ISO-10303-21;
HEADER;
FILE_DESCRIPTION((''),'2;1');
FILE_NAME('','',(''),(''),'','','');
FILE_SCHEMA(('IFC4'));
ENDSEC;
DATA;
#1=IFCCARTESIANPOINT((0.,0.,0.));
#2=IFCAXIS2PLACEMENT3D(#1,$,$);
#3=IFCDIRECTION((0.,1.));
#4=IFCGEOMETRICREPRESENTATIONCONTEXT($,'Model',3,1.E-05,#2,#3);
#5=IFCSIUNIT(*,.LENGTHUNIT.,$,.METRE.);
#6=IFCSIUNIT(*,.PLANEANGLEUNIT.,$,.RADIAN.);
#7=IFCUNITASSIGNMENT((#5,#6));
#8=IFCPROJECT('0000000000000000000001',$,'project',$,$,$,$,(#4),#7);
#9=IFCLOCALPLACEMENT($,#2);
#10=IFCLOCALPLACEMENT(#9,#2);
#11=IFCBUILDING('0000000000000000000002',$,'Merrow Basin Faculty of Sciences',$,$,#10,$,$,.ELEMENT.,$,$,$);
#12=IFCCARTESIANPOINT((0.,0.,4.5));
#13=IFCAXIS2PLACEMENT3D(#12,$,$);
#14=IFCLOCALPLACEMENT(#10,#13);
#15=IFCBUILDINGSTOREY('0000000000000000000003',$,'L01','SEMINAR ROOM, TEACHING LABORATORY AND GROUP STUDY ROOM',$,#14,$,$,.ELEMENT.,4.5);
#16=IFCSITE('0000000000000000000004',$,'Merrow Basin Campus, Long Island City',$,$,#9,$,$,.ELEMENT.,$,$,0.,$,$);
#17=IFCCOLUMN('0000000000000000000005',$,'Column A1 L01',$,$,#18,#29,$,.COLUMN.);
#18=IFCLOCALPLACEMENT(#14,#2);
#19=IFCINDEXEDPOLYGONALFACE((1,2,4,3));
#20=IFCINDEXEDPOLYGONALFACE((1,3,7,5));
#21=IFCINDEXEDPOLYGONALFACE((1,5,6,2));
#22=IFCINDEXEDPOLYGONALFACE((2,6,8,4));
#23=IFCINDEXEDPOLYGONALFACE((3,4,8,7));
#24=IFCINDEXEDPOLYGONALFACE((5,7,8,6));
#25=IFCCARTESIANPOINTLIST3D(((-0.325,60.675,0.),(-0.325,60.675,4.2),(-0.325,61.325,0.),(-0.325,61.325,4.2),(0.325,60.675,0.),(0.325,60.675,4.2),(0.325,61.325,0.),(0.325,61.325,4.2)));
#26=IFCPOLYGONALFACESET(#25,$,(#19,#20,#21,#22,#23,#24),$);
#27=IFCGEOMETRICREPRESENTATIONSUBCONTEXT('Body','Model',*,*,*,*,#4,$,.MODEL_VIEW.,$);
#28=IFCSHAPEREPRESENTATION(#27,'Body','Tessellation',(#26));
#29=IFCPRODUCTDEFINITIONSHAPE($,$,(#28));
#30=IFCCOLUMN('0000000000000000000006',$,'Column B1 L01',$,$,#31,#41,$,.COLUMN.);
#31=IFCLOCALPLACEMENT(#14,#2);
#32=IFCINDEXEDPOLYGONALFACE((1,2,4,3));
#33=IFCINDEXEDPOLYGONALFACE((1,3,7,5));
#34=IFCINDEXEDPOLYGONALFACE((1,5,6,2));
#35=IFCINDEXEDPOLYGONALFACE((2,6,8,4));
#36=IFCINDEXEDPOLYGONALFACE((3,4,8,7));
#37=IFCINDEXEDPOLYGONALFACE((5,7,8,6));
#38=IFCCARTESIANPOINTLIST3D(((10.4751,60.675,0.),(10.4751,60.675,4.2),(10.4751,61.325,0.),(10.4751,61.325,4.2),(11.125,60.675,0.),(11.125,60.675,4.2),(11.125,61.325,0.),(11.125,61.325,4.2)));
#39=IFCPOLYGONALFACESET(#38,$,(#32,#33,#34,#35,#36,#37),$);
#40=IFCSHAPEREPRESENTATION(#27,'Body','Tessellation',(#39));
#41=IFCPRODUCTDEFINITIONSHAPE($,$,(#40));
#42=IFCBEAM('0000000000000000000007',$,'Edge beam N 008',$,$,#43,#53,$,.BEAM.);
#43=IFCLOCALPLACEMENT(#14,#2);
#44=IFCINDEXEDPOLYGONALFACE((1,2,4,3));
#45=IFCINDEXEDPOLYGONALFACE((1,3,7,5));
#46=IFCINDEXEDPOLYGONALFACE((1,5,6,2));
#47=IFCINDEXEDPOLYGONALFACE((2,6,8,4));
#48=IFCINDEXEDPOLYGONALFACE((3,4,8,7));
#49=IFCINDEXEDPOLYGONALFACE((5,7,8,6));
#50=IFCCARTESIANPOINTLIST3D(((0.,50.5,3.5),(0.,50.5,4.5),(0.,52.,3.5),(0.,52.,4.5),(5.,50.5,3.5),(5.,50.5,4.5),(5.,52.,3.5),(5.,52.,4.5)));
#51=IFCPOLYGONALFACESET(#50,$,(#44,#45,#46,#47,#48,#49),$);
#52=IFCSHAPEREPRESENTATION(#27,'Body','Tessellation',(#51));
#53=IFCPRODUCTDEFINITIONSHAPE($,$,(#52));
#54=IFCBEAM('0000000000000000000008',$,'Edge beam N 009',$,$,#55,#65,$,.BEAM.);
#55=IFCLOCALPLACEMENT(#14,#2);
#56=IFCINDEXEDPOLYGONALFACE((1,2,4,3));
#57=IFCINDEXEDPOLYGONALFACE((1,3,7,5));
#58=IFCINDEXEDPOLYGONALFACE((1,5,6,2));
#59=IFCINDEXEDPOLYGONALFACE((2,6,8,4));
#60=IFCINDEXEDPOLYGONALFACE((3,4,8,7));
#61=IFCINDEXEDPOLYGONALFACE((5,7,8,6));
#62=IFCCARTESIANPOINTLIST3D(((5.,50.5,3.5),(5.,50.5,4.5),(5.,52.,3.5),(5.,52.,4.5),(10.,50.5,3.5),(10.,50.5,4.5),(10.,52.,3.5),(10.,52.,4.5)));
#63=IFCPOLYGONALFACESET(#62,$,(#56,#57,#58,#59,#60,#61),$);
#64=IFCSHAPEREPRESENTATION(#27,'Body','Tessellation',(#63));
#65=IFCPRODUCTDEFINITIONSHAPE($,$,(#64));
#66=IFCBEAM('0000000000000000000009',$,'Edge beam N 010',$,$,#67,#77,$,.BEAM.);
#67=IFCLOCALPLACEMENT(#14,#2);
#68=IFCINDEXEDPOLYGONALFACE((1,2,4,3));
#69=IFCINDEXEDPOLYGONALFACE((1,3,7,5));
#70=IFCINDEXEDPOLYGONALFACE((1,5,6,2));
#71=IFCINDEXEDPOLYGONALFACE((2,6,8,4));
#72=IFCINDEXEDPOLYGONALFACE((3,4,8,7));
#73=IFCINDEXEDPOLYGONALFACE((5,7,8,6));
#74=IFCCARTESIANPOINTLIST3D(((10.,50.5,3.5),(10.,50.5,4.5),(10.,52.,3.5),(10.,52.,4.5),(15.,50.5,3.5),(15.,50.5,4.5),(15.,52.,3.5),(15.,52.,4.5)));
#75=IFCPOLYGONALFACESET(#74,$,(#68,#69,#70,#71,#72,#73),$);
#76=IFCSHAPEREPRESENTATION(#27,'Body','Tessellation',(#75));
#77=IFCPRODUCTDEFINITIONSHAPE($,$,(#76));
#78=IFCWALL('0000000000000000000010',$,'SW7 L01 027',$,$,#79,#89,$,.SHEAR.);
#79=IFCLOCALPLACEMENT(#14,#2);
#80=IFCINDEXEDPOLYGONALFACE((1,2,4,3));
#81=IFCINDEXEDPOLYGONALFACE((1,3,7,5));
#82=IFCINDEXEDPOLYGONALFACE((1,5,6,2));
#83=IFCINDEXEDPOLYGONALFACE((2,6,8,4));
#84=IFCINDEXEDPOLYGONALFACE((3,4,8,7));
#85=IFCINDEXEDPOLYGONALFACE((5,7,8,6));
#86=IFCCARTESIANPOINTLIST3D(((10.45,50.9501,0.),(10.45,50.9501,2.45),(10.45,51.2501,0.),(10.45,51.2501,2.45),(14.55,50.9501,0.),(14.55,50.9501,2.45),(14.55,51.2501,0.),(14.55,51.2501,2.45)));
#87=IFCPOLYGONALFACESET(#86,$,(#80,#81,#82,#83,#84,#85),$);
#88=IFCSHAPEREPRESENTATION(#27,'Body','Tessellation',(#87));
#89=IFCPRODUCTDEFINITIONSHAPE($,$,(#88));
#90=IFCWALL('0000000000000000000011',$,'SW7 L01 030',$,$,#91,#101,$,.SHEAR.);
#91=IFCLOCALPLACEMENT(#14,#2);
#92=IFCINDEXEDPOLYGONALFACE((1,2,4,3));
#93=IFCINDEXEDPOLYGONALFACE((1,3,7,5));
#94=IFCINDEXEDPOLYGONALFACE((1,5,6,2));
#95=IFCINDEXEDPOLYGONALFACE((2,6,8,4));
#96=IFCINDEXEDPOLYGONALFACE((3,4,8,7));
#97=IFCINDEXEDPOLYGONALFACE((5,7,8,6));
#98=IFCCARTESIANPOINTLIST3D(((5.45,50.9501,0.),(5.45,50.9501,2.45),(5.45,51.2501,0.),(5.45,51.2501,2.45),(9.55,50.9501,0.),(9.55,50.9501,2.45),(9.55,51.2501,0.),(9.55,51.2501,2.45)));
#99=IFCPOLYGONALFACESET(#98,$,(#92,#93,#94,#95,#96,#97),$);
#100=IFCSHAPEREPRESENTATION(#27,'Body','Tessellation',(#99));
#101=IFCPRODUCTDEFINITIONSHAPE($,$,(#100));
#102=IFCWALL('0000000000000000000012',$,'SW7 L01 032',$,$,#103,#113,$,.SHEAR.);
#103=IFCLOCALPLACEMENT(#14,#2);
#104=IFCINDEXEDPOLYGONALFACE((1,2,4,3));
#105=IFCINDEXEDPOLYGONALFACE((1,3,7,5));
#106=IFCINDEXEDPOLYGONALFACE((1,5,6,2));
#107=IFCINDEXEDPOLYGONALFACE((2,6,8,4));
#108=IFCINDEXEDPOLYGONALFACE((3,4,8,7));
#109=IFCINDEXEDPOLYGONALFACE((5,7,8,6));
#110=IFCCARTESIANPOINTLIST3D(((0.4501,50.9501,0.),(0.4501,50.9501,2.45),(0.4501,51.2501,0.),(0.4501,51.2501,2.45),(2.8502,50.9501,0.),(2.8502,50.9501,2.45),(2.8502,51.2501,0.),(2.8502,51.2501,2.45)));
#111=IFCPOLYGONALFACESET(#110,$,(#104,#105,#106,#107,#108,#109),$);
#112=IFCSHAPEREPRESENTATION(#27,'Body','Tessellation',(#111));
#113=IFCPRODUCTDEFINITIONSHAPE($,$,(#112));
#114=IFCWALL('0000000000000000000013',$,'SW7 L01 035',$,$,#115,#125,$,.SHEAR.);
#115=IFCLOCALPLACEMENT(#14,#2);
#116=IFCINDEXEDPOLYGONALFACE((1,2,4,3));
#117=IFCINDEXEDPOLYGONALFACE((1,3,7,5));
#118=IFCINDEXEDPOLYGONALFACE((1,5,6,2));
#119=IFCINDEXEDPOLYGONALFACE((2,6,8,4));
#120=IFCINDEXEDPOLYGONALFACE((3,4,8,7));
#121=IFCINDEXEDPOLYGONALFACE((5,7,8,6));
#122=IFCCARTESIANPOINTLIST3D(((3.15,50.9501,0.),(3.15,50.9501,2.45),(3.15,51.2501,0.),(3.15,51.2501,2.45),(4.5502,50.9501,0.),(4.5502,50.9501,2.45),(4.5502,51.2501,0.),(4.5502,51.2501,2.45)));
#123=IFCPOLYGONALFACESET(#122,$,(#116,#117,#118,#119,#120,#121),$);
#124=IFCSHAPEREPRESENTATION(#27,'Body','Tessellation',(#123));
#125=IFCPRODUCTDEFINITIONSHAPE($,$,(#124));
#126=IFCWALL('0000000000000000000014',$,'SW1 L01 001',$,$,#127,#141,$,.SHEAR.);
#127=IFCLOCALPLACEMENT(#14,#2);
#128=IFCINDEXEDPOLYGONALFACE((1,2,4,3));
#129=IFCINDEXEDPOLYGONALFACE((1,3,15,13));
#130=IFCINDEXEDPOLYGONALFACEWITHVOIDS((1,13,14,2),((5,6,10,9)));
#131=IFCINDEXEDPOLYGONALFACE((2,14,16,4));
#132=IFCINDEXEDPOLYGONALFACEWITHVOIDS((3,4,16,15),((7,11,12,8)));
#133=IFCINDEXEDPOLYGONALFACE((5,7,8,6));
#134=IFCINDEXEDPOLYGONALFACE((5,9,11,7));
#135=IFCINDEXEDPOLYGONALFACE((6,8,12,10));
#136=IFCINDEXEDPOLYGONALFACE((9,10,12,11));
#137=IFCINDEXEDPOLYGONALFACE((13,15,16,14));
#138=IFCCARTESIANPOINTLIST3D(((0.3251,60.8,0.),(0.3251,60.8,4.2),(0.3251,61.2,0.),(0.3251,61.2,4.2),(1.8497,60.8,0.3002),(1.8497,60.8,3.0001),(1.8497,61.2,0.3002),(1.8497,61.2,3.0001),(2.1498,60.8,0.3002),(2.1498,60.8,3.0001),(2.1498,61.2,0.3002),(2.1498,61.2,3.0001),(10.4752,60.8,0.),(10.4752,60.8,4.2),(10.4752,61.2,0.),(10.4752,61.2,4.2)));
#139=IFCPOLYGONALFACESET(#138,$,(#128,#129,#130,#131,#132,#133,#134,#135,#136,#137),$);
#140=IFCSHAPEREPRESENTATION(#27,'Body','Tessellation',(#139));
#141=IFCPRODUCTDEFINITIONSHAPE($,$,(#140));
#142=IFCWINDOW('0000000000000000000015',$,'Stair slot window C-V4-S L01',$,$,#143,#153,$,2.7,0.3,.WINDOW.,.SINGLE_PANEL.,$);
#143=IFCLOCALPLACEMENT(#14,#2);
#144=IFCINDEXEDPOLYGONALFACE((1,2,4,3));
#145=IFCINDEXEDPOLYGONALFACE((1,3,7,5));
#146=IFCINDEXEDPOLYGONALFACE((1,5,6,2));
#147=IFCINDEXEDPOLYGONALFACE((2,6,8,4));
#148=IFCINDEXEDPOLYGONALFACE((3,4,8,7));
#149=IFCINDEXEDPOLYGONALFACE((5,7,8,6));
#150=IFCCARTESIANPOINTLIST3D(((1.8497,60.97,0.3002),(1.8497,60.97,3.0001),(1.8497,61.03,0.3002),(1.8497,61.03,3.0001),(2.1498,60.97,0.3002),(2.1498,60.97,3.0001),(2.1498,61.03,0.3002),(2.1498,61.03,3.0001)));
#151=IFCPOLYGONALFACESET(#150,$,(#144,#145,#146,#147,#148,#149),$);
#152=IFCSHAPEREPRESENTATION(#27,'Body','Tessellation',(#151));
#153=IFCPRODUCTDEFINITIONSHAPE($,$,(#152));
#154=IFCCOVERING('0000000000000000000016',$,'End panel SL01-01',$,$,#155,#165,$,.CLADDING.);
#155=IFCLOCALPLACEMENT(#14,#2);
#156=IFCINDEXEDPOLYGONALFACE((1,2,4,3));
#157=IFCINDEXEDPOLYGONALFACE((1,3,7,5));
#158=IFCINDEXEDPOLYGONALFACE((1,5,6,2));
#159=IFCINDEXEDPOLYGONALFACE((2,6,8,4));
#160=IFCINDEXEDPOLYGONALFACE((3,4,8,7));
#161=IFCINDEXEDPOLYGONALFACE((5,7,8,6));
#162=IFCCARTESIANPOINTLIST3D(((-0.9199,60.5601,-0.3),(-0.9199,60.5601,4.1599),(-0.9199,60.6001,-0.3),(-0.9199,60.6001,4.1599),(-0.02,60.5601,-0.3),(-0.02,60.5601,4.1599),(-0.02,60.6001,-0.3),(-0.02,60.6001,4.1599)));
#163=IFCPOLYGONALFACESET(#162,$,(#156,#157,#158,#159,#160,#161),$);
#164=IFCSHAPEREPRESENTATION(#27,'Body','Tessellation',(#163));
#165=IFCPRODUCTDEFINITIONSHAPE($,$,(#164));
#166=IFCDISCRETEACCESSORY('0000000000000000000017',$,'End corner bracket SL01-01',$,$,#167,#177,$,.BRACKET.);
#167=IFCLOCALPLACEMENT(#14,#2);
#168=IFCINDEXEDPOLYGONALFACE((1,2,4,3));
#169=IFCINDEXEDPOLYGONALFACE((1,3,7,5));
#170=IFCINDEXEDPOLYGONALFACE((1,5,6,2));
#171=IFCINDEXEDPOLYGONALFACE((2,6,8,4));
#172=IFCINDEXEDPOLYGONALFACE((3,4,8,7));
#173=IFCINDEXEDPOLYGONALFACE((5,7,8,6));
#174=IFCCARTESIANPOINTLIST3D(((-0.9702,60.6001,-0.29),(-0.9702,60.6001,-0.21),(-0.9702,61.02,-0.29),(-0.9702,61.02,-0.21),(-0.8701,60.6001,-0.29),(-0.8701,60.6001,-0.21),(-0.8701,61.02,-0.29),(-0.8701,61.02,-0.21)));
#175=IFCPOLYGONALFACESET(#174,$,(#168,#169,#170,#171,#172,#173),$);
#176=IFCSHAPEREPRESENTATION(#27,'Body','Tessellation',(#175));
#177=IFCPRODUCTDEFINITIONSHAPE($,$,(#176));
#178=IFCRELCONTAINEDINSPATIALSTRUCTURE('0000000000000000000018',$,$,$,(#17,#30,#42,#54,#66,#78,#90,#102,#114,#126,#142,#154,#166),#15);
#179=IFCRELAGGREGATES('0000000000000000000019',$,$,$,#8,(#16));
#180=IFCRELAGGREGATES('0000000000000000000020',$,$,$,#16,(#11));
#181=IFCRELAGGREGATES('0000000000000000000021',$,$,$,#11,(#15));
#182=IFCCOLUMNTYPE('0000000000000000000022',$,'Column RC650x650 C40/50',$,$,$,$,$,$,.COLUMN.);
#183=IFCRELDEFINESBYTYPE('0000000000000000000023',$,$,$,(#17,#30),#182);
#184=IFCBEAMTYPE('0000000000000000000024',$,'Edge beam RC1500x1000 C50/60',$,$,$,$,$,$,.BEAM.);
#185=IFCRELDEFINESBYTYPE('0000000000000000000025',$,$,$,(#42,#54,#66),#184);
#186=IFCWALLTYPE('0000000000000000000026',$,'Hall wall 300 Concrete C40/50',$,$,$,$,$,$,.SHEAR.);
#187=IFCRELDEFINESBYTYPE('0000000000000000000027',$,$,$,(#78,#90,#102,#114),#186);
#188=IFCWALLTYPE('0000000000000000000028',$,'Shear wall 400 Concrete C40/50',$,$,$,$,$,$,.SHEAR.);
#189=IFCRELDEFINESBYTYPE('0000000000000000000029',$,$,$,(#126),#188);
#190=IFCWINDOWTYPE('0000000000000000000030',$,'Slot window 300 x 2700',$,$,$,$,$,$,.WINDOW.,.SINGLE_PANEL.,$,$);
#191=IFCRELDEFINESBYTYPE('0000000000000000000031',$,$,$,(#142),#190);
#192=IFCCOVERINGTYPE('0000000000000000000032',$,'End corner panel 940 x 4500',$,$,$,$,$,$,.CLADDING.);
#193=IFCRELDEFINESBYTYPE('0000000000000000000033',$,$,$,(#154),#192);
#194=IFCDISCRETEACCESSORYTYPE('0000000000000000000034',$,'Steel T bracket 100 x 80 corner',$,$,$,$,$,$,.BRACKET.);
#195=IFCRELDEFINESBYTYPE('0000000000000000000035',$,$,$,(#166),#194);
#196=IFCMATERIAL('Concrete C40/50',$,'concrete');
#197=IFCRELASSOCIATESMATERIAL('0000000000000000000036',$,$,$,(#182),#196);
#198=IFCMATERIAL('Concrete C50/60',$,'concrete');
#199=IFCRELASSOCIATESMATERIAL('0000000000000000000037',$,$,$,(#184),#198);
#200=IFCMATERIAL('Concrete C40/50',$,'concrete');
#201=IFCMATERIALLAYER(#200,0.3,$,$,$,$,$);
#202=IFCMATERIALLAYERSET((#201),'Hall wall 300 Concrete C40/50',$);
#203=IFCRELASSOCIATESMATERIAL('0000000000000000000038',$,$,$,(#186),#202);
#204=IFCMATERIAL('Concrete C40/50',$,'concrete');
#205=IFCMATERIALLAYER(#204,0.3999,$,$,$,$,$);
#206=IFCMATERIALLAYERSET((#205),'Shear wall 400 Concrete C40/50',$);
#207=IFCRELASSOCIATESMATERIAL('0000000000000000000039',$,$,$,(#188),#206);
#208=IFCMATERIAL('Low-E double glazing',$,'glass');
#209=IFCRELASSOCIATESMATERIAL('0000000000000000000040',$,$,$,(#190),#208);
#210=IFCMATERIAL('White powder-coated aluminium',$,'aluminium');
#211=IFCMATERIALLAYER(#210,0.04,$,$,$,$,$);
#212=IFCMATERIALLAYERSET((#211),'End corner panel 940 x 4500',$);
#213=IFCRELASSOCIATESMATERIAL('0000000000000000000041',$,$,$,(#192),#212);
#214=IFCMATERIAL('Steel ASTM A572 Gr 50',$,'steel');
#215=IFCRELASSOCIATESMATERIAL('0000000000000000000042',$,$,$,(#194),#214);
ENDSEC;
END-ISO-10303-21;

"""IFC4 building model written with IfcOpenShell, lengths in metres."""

from ifc_helpers import new_model, si_unit, direction, frame, frame_2d, origin, origin_2d, place, context, subcontext, project, spatial, polyline, rectangle, outline, extrude, source, transform, mapped, material, layer, layer_set, material_profile, profile_set, type_object, element, fill, save


model = new_model("IFC4")

# Units and contexts
model_context = context("Model", 3, precision=1e-05, world=origin(), true_north=direction((0.0, 1.0)))
body_context = subcontext(model_context, "Body", "Model", "MODEL_VIEW")
ifc_project = project(units=[si_unit("LENGTHUNIT", "METRE"), si_unit("PLANEANGLEUNIT", "RADIAN")], contexts=[model_context])

# Site, building, storey
site_placement = place(None, origin())
site = spatial("IfcSite", under=ifc_project, at=site_placement, Name="Merrow Basin Campus, Long Island City", CompositionType="ELEMENT", RefElevation=0.0)
building_placement = place(site_placement, origin())
building = spatial("IfcBuilding", under=site, at=building_placement, Name="Merrow Basin Faculty of Sciences", CompositionType="ELEMENT")
storey_placement = place(building_placement, frame((0.0, 0.0, 4.5)))
storey = spatial("IfcBuildingStorey", under=building, at=storey_placement, Name="L01", Description="SEMINAR ROOM, TEACHING LABORATORY AND GROUP STUDY ROOM", CompositionType="ELEMENT", Elevation=4.5)

# Columns
ifc_material_1 = material(Name="Concrete C40/50", Category="concrete")
ifc_material_profile_1 = material_profile(ifc_material_1, rectangle(XDim=0.6499, YDim=0.6499, at=origin_2d()))
ifc_profile_set_1 = profile_set([ifc_material_profile_1], Name="Concrete C40/50")
column_type = type_object("IfcColumnType", Name="Column RC650x650 C40/50", PredefinedType="COLUMN", material=ifc_profile_set_1)
for number, where, z_axis, x_axis, name in (
    (1, (0.0, 61.0, 0.0), (0.0, 0.0, 1.0), (1.0, 0.0, 0.0), "Column A1 L01"),
    (2, (10.8, 61.0, 0.0), (0.0, 0.0, 1.0), (1.0, 0.0, 0.0), "Column B1 L01"),
):
    element("IfcColumn", number, at=place(storey_placement, frame(where, z_axis=z_axis, x_axis=x_axis)), inside=storey, type_object=column_type, Name=name, PredefinedType="COLUMN", context=body_context, shape_type="SweptSolid", body=[
        extrude(rectangle(XDim=0.6499, YDim=0.6499, at=origin_2d()), origin(), (0.0, 0.0, 1.0), 4.2),
    ])

# Beams
ifc_material_2 = material(Name="Concrete C50/60", Category="concrete")
ifc_material_profile_2 = material_profile(ifc_material_2, rectangle(XDim=1.5, YDim=1.0, at=origin_2d()))
ifc_profile_set_2 = profile_set([ifc_material_profile_2], Name="Concrete C50/60")
beam_type = type_object("IfcBeamType", Name="Edge beam RC1500x1000 C50/60", PredefinedType="BEAM", material=ifc_profile_set_2)
for number, where, z_axis, x_axis, name in (
    (3, (0.0, 51.25, 4.0), (1.0, 0.0, 0.0), (0.0, 1.0, 0.0), "Edge beam N 008"),
    (4, (5.0, 51.25, 4.0), (1.0, 0.0, 0.0), (0.0, 1.0, 0.0), "Edge beam N 009"),
    (5, (10.0, 51.25, 4.0), (1.0, 0.0, 0.0), (0.0, 1.0, 0.0), "Edge beam N 010"),
):
    element("IfcBeam", number, at=place(storey_placement, frame(where, z_axis=z_axis, x_axis=x_axis)), inside=storey, type_object=beam_type, Name=name, PredefinedType="BEAM", context=body_context, shape_type="SweptSolid", body=[
        extrude(rectangle(XDim=1.5, YDim=1.0, at=origin_2d()), origin(), (0.0, 0.0, 1.0), 5.0),
    ])

# Walls
ifc_material_3 = material(Name="Concrete C40/50", Category="concrete")
ifc_layer_1 = layer(ifc_material_3, 0.3)
ifc_layer_set_1 = layer_set([ifc_layer_1], Name="Hall wall 300 Concrete C40/50")
wall_type_1 = type_object("IfcWallType", Name="Hall wall 300 Concrete C40/50", PredefinedType="SHEAR", material=ifc_layer_set_1)
for number, where, z_axis, x_axis, name in (
    (6, (10.45, 51.1001, 0.0), (0.0, 0.0, 1.0), (1.0, 0.0, 0.0), "SW7 L01 027"),
    (7, (5.45, 51.1001, 0.0), (0.0, 0.0, 1.0), (1.0, 0.0, 0.0), "SW7 L01 030"),
):
    element("IfcWall", number, at=place(storey_placement, frame(where, z_axis=z_axis, x_axis=x_axis)), inside=storey, type_object=wall_type_1, Name=name, PredefinedType="SHEAR", context=body_context, shape_type="SweptSolid", body=[
        extrude(rectangle(XDim=4.1001, YDim=0.3, at=frame_2d((2.05, 0.0))), origin(), (0.0, 0.0, 1.0), 2.45),
    ])
wall_1_placement = place(storey_placement, frame((0.45, 51.1001, 0.0), z_axis=(0.0, 0.0, 1.0), x_axis=(1.0, 0.0, 0.0)))
element("IfcWall", 8, at=wall_1_placement, inside=storey, type_object=wall_type_1, Name="SW7 L01 032", PredefinedType="SHEAR", context=body_context, shape_type="SweptSolid", body=[
    extrude(rectangle(XDim=2.4001, YDim=0.3, at=frame_2d((1.2002, 0.0))), origin(), (0.0, 0.0, 1.0), 2.45),
])
wall_2_placement = place(storey_placement, frame((3.1499, 51.1001, 0.0), z_axis=(0.0, 0.0, 1.0), x_axis=(1.0, 0.0, 0.0)))
element("IfcWall", 9, at=wall_2_placement, inside=storey, type_object=wall_type_1, Name="SW7 L01 035", PredefinedType="SHEAR", context=body_context, shape_type="SweptSolid", body=[
    extrude(rectangle(XDim=1.4001, YDim=0.3, at=frame_2d((0.7002, 0.0))), origin(), (0.0, 0.0, 1.0), 2.45),
])

# Wall, opening, window
ifc_material_4 = material(Name="Concrete C40/50", Category="concrete")
ifc_layer_2 = layer(ifc_material_4, 0.3999)
ifc_layer_set_2 = layer_set([ifc_layer_2], Name="Shear wall 400 Concrete C40/50")
wall_type_2 = type_object("IfcWallType", Name="Shear wall 400 Concrete C40/50", PredefinedType="SHEAR", material=ifc_layer_set_2)
wall_3_placement = place(storey_placement, frame((0.325, 61.0, 0.0), z_axis=(0.0, 0.0, 1.0), x_axis=(1.0, 0.0, 0.0)))
wall_3 = element("IfcWall", 10, at=wall_3_placement, inside=storey, type_object=wall_type_2, Name="SW1 L01 001", PredefinedType="SHEAR", context=body_context, shape_type="SweptSolid", body=[
    extrude(rectangle(XDim=10.1501, YDim=0.3999, at=frame_2d((5.0752, 0.0))), origin(), (0.0, 0.0, 1.0), 4.2),
])
opening_placement = place(wall_3_placement, frame((1.5249, 0.0, 0.3)))
opening = element("IfcOpeningElement", 11, at=opening_placement, cuts=wall_3, PredefinedType="OPENING", context=body_context, shape_type="SweptSolid", body=[
    extrude(rectangle(XDim=0.3, YDim=2.7, at=frame_2d((0.1499, 1.3501))), frame((0.0, 0.21, 0.0), z_axis=(0.0, -1.0, 0.0), x_axis=(1.0, 0.0, 0.0)), (0.0, 0.0, 1.0), 0.4199),
])
ifc_material_5 = material(Name="Low-E double glazing", Category="glass")
window_type = type_object("IfcWindowType", Name="Slot window 300 x 2700", PartitioningType="SINGLE_PANEL", PredefinedType="WINDOW", material=ifc_material_5)
window_placement = place(opening_placement, origin())
window = element("IfcWindow", 12, at=window_placement, inside=storey, type_object=window_type, Name="Stair slot window C-V4-S L01", OverallHeight=2.7, OverallWidth=0.3, PartitioningType="SINGLE_PANEL", PredefinedType="WINDOW", context=body_context, shape_type="SweptSolid", body=[
    extrude(rectangle(XDim=0.3, YDim=2.7, at=frame_2d((0.1499, 1.3501))), frame((0.0, 0.03, 0.0), z_axis=(0.0, -1.0, 0.0), x_axis=(1.0, 0.0, 0.0)), (0.0, 0.0, 1.0), 0.0601),
])
fill(opening, window)

# Covering
ifc_material_6 = material(Name="White powder-coated aluminium", Category="aluminium")
ifc_layer_3 = layer(ifc_material_6, 0.04)
ifc_layer_set_3 = layer_set([ifc_layer_3], Name="End corner panel 940 x 4500")
covering_type_1 = type_object("IfcCoveringType", Name="End corner panel 940 x 4500", PredefinedType="CLADDING", material=ifc_layer_set_3)
shared_shape_1 = source(origin(), body_context, "Body", "SweptSolid", [
    extrude(outline(polyline([(0.02, 0.02), (0.9199, 0.02), (0.9199, 4.48), (0.02, 4.48), (0.02, 0.02)])), origin(), (0.0, 0.0, 1.0), 0.04),
])
covering_1_placement = place(storey_placement, frame((0.0, 60.5601, -0.3201), z_axis=(0.0, 1.0, 0.0), x_axis=(-1.0, 0.0, 0.0)))
element("IfcCovering", 13, at=covering_1_placement, inside=storey, type_object=covering_type_1, Name="End panel SL01-01", PredefinedType="CLADDING", context=body_context, shape_type="MappedRepresentation", body=[
    mapped(shared_shape_1, transform((0.0, 0.0, 0.0), scale=1.0)),
])

# Discrete accessory
ifc_material_7 = material(Name="Steel ASTM A572 Gr 50", Category="steel")
discrete_accessory_type_1 = type_object("IfcDiscreteAccessoryType", Name="Steel T bracket 100 x 80 corner", PredefinedType="BRACKET", material=ifc_material_7)
shared_shape_2 = source(origin(), body_context, "Body", "SweptSolid", [
    extrude(outline(polyline([(0.0, 0.0), (0.1001, 0.0), (0.1001, 0.0801), (0.0, 0.0801), (0.0, 0.0)])), origin(), (0.0, 0.0, 1.0), 0.4199),
])
discrete_accessory_placement = place(storey_placement, frame((-0.8701, 60.6001, -0.29), z_axis=(0.0, 1.0, 0.0), x_axis=(-1.0, 0.0, 0.0)))
element("IfcDiscreteAccessory", 14, at=discrete_accessory_placement, inside=storey, type_object=discrete_accessory_type_1, Name="End corner bracket SL01-01", PredefinedType="BRACKET", context=body_context, shape_type="MappedRepresentation", body=[
    mapped(shared_shape_2, transform((0.0, 0.0, 0.0), scale=1.0)),
])

save(model, "model.ifc")
